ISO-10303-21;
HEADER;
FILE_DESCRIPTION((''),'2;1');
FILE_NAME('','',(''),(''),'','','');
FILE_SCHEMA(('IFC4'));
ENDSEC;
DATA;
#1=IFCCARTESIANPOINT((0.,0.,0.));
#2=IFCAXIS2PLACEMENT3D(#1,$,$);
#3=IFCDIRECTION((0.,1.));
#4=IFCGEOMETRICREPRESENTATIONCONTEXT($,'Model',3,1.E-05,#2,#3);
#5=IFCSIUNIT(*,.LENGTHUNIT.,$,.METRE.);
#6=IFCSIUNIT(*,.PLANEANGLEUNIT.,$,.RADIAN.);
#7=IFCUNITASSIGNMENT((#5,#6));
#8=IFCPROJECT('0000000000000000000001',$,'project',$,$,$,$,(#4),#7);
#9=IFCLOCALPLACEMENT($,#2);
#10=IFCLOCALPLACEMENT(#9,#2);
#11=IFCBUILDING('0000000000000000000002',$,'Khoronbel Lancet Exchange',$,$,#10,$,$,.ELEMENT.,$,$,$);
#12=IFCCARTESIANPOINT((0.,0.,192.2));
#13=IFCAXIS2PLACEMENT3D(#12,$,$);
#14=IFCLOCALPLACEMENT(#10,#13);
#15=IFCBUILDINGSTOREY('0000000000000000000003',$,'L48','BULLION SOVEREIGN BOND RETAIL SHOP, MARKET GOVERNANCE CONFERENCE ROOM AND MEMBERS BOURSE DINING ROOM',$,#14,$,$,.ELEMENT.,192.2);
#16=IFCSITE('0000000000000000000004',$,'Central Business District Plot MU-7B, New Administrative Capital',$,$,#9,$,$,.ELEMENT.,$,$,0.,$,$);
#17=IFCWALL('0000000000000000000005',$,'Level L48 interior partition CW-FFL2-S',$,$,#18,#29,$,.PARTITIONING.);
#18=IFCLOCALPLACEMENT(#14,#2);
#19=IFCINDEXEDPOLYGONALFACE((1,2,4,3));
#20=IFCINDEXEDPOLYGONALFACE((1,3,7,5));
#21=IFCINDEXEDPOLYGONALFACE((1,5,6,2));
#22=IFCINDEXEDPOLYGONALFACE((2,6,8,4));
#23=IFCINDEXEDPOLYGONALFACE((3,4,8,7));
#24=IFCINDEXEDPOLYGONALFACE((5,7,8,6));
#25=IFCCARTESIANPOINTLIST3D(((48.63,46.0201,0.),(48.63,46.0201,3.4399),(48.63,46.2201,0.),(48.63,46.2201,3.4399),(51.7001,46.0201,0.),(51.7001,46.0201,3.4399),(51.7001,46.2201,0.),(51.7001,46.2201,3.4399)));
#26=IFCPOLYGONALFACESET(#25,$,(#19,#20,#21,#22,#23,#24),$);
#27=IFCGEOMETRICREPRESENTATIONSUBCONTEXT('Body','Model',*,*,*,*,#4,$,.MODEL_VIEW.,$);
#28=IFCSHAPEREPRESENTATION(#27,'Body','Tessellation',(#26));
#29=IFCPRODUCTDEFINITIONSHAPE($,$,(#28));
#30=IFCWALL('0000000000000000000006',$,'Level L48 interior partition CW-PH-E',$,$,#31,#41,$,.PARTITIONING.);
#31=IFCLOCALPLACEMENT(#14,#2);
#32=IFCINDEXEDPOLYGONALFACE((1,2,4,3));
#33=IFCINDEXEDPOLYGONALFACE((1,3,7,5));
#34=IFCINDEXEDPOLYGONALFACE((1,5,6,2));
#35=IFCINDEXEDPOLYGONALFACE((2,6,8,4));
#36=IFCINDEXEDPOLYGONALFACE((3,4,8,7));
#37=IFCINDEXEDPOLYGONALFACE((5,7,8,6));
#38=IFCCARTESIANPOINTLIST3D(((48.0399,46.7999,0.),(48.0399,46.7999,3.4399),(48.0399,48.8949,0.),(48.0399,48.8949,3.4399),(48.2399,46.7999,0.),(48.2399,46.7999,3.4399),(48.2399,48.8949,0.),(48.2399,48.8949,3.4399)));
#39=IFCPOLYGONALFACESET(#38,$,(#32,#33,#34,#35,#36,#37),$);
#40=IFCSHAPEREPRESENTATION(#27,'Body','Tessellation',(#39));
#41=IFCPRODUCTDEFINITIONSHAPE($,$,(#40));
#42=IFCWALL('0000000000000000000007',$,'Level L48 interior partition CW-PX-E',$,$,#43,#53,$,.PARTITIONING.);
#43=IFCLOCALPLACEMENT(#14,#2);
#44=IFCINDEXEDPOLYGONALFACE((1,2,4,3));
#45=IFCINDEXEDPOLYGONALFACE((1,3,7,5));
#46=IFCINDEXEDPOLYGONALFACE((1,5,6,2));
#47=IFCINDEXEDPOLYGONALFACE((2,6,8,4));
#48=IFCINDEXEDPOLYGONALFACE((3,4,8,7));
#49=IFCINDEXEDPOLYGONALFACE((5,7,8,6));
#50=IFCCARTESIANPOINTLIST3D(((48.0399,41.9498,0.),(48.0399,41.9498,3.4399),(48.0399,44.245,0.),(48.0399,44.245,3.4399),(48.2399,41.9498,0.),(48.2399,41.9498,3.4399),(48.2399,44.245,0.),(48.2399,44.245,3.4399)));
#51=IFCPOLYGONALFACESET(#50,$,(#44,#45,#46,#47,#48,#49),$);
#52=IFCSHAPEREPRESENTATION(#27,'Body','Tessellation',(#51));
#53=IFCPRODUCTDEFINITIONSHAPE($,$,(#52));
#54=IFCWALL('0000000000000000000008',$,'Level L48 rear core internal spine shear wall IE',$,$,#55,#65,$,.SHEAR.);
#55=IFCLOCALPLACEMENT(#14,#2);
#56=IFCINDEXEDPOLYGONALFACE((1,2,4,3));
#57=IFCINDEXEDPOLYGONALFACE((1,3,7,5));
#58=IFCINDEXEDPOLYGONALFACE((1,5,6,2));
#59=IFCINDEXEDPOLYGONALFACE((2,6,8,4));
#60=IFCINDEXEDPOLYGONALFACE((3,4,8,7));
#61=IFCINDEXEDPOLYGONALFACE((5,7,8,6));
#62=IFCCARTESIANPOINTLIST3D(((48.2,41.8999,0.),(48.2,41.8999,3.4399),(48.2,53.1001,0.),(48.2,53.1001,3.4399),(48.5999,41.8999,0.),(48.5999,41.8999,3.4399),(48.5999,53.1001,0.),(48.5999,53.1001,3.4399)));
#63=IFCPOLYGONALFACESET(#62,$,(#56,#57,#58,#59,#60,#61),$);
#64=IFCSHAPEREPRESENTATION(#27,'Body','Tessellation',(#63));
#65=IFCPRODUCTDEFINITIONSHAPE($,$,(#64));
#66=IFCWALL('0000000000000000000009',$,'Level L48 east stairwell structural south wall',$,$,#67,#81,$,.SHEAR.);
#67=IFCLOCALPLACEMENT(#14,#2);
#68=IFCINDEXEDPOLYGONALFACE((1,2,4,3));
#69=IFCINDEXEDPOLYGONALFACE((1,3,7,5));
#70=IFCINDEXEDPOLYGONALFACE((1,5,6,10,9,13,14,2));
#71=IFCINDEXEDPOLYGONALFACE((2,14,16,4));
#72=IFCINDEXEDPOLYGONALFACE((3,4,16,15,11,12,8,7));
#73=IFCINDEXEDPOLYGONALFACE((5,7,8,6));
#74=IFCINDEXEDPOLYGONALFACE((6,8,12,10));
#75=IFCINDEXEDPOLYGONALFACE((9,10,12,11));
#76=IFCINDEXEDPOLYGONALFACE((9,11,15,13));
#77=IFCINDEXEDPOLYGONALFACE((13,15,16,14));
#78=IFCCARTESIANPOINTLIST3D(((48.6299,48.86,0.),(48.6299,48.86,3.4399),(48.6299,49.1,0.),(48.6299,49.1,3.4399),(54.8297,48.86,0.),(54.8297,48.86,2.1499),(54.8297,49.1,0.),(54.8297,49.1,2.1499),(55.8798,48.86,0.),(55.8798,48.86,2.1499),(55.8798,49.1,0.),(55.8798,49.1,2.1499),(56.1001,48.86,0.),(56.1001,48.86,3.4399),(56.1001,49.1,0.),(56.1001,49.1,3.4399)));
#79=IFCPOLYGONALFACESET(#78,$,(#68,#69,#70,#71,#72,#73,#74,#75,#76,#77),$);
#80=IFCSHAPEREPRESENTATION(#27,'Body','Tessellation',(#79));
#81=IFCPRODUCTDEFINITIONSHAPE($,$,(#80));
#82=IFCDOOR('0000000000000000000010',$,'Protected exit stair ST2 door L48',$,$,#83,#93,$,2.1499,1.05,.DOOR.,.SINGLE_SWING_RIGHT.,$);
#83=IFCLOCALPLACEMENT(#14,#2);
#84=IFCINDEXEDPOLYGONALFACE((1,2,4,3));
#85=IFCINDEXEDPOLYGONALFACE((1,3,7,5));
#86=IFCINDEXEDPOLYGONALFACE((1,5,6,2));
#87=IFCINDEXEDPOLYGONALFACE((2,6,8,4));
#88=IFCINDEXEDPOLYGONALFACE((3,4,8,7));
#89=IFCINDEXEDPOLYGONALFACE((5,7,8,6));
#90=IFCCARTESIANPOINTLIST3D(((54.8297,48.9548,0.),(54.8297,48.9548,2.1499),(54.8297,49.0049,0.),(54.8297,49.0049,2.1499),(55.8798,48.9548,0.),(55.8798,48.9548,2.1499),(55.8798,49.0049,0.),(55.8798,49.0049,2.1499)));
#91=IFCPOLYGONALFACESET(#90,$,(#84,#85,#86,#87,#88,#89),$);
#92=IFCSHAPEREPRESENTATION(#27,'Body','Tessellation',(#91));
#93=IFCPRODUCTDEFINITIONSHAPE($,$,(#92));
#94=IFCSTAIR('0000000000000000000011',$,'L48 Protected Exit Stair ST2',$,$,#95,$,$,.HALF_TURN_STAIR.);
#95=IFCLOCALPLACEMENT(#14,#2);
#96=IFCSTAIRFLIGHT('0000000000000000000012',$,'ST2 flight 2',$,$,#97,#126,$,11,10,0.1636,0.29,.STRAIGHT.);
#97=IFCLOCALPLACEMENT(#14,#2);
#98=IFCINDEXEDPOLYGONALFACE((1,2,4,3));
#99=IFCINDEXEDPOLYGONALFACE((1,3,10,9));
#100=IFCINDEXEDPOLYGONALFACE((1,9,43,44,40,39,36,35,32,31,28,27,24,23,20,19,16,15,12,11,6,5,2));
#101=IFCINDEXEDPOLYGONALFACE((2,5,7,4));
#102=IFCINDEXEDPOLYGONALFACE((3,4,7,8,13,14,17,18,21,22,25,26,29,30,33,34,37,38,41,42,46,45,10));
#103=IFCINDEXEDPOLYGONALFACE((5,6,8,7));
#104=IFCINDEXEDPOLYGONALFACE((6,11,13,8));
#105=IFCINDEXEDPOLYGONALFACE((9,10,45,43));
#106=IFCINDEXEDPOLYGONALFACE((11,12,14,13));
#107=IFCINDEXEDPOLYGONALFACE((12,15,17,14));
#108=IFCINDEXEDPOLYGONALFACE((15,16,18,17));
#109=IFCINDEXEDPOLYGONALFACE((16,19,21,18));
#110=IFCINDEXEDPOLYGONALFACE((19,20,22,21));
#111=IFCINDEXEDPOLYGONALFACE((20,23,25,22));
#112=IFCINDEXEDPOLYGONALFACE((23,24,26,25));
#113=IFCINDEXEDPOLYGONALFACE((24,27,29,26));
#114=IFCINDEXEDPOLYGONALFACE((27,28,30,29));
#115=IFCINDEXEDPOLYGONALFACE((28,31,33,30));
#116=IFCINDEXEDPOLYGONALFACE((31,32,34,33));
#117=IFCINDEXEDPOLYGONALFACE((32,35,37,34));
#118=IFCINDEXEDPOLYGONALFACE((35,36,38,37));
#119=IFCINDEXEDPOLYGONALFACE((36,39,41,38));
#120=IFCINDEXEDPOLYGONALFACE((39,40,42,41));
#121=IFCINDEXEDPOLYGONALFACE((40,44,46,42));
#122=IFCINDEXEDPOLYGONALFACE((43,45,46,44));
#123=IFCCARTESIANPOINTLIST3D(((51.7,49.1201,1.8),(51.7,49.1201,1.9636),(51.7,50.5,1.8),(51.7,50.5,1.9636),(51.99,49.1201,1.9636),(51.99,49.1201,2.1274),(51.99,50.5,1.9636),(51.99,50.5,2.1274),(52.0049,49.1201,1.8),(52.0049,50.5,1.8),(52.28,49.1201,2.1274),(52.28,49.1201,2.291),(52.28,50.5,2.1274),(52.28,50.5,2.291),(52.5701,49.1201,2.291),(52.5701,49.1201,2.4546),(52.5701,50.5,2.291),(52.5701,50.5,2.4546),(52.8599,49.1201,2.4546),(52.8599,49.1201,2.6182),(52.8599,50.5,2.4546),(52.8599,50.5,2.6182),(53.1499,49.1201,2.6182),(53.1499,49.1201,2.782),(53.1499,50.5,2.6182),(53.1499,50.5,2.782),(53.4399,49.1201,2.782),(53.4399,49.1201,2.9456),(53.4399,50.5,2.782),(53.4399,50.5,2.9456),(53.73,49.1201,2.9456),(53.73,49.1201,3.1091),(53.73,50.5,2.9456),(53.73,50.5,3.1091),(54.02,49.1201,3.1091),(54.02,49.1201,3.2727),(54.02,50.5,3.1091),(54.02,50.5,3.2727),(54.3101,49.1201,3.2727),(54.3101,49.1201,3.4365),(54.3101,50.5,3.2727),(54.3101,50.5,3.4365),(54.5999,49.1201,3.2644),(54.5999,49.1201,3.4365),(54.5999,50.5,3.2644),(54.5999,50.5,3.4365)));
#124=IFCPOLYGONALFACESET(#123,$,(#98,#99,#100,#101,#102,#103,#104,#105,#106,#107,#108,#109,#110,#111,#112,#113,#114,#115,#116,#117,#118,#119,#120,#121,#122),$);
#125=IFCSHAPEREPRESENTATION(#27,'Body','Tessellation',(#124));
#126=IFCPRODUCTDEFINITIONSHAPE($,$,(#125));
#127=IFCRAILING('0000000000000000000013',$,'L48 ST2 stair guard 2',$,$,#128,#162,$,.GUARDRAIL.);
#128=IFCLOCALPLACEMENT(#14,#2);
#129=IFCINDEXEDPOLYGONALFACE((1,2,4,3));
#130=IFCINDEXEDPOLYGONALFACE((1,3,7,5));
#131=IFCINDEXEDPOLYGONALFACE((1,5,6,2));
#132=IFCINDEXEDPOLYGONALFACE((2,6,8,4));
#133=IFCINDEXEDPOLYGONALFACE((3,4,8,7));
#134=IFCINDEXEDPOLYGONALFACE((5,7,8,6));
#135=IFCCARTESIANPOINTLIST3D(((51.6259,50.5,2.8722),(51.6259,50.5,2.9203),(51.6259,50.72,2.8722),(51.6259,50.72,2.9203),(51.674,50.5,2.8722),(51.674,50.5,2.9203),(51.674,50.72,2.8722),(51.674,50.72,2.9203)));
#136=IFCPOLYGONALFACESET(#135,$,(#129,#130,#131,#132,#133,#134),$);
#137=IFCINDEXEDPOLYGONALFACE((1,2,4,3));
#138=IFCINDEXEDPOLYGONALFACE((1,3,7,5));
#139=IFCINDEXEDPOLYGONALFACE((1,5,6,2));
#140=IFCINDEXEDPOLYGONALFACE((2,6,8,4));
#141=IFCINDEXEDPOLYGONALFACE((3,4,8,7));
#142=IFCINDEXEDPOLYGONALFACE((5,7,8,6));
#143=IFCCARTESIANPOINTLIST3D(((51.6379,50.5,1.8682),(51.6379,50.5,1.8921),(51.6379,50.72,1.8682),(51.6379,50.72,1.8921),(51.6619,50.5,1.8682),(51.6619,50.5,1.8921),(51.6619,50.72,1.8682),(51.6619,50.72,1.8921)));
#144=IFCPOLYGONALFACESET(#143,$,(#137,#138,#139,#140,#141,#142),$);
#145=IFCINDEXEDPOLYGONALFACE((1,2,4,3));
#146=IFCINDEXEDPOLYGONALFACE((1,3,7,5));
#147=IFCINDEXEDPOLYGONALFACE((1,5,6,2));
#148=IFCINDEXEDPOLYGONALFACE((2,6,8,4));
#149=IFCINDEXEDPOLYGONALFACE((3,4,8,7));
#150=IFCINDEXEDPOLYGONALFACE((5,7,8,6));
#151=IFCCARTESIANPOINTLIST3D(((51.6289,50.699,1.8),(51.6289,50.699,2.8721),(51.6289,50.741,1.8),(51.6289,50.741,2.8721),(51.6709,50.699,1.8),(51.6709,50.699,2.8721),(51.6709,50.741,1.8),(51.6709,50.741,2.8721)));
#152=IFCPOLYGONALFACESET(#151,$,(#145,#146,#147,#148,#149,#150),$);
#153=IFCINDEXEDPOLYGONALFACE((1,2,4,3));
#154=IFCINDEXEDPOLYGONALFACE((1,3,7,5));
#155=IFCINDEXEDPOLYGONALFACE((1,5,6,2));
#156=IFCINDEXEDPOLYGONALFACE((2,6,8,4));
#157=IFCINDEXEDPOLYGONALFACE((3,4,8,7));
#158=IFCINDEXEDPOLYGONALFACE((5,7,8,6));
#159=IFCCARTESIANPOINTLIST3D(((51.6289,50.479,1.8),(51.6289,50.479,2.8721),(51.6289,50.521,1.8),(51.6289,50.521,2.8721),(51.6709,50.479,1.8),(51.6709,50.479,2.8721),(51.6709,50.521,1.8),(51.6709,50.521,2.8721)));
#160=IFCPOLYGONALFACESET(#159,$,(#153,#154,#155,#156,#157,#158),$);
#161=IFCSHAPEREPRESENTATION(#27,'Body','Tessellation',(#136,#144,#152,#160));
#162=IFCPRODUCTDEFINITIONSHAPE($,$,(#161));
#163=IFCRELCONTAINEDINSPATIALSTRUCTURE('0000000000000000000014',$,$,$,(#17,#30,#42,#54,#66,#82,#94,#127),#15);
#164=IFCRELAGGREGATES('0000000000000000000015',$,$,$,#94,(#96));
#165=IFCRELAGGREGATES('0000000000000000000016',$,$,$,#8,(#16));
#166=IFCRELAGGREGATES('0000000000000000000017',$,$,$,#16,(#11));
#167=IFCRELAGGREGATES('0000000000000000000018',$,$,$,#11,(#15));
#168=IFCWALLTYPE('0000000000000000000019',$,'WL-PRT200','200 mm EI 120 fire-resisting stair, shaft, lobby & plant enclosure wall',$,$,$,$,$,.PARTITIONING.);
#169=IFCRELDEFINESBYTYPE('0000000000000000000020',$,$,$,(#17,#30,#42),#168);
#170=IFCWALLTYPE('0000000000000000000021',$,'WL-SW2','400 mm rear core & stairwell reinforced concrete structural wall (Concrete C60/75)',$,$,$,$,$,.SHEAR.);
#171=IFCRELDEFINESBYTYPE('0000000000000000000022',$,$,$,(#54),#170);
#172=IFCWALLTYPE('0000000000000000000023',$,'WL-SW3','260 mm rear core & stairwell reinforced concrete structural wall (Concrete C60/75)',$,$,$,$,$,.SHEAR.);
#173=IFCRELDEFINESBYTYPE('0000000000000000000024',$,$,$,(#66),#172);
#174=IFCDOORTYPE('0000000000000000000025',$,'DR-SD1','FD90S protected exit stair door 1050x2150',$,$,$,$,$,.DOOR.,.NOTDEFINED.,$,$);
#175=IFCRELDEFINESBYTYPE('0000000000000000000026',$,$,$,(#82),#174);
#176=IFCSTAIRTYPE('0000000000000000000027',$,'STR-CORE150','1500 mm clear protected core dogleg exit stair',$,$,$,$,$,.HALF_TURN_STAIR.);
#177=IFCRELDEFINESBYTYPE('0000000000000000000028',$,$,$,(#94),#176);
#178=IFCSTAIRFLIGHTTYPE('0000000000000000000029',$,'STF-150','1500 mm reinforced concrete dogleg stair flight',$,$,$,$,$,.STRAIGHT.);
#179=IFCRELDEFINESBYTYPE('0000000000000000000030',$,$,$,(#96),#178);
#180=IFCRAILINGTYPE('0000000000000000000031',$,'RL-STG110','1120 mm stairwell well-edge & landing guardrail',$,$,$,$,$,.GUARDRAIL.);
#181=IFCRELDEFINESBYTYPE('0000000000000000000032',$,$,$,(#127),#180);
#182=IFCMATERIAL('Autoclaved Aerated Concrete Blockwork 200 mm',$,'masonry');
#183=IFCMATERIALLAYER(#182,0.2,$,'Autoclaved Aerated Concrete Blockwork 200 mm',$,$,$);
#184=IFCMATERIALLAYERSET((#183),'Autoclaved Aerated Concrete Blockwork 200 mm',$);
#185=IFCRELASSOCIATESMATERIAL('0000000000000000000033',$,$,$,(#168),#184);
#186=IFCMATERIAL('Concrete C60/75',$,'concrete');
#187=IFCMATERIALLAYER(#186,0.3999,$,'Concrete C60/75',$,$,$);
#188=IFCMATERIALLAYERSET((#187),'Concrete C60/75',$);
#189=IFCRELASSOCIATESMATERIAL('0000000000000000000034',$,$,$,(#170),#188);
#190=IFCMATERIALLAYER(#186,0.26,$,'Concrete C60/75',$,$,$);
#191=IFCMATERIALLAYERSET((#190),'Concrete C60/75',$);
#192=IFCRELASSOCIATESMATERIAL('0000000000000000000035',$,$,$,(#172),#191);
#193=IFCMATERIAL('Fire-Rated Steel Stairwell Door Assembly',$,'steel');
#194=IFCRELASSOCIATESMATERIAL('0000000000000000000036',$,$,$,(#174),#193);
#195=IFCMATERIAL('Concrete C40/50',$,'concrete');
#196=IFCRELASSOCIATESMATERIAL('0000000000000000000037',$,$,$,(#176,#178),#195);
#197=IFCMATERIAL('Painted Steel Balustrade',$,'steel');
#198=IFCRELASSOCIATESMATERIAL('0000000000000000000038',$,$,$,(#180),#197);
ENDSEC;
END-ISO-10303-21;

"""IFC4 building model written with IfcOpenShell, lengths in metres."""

from ifc_helpers import new_model, si_unit, direction, frame, frame_2d, origin, origin_2d, place, context, subcontext, project, spatial, polyline, rectangle, outline, extrude, material, layer, layer_set, type_object, element, fill, aggregate, save


model = new_model("IFC4")

# Units and contexts
model_context = context("Model", 3, precision=1e-05, world=origin(), true_north=direction((0.0, 1.0)))
body_context = subcontext(model_context, "Body", "Model", "MODEL_VIEW")
ifc_project = project(units=[si_unit("LENGTHUNIT", "METRE"), si_unit("PLANEANGLEUNIT", "RADIAN")], contexts=[model_context])

# Site, building, storey
site_placement = place(None, origin())
site = spatial("IfcSite", under=ifc_project, at=site_placement, Name="Central Business District Plot MU-7B, New Administrative Capital", CompositionType="ELEMENT", RefElevation=0.0)
building_placement = place(site_placement, origin())
building = spatial("IfcBuilding", under=site, at=building_placement, Name="Khoronbel Lancet Exchange", CompositionType="ELEMENT")
storey_placement = place(building_placement, frame((0.0, 0.0, 192.2)))
storey = spatial("IfcBuildingStorey", under=building, at=storey_placement, Name="L48", Description="BULLION SOVEREIGN BOND RETAIL SHOP, MARKET GOVERNANCE CONFERENCE ROOM AND MEMBERS BOURSE DINING ROOM", CompositionType="ELEMENT", Elevation=192.2)

# Shared definitions
ifc_material_1 = material(Name="Autoclaved Aerated Concrete Blockwork 200 mm", Category="masonry")
ifc_layer_1 = layer(ifc_material_1, 0.2, Name="Autoclaved Aerated Concrete Blockwork 200 mm")
ifc_layer_set_1 = layer_set([ifc_layer_1], Name="Autoclaved Aerated Concrete Blockwork 200 mm")
wall_type_1 = type_object("IfcWallType", Name="WL-PRT200", Description="200 mm EI 120 fire-resisting stair, shaft, lobby & plant enclosure wall", PredefinedType="PARTITIONING", material=ifc_layer_set_1)

# Wall
wall_1_placement = place(storey_placement, frame((48.6299, 46.1201, 0.0), z_axis=(0.0, 0.0, 1.0), x_axis=(1.0, 0.0, 0.0)))
element("IfcWall", 1, at=wall_1_placement, inside=storey, type_object=wall_type_1, Name="Level L48 interior partition CW-FFL2-S", PredefinedType="PARTITIONING", context=body_context, shape_type="SweptSolid", body=[
    extrude(rectangle(XDim=3.0701, YDim=0.2, at=frame_2d((1.5352, 0.0))), origin(), (0.0, 0.0, 1.0), 3.4399),
])

# Walls
wall_2_placement = place(storey_placement, frame((48.1399, 46.8, 0.0), z_axis=(0.0, 0.0, 1.0), x_axis=(0.0, 1.0, 0.0)))
element("IfcWall", 2, at=wall_2_placement, inside=storey, type_object=wall_type_1, Name="Level L48 interior partition CW-PH-E", PredefinedType="PARTITIONING", context=body_context, shape_type="SweptSolid", body=[
    extrude(rectangle(XDim=2.095, YDim=0.2, at=frame_2d((1.0474, 0.0))), origin(), (0.0, 0.0, 1.0), 3.4399),
])
wall_3_placement = place(storey_placement, frame((48.1399, 41.95, 0.0), z_axis=(0.0, 0.0, 1.0), x_axis=(0.0, 1.0, 0.0)))
element("IfcWall", 3, at=wall_3_placement, inside=storey, type_object=wall_type_1, Name="Level L48 interior partition CW-PX-E", PredefinedType="PARTITIONING", context=body_context, shape_type="SweptSolid", body=[
    extrude(rectangle(XDim=2.2952, YDim=0.2, at=frame_2d((1.1475, 0.0))), origin(), (0.0, 0.0, 1.0), 3.4399),
])
ifc_material_2 = material(Name="Concrete C60/75", Category="concrete")
ifc_layer_2 = layer(ifc_material_2, 0.3999, Name="Concrete C60/75")
ifc_layer_set_2 = layer_set([ifc_layer_2], Name="Concrete C60/75")
wall_type_2 = type_object("IfcWallType", Name="WL-SW2", Description="400 mm rear core & stairwell reinforced concrete structural wall (Concrete C60/75)", PredefinedType="SHEAR", material=ifc_layer_set_2)
wall_4_placement = place(storey_placement, frame((48.3999, 41.8999, 0.0), z_axis=(0.0, 0.0, 1.0), x_axis=(0.0, 1.0, 0.0)))
element("IfcWall", 4, at=wall_4_placement, inside=storey, type_object=wall_type_2, Name="Level L48 rear core internal spine shear wall IE", PredefinedType="SHEAR", context=body_context, shape_type="SweptSolid", body=[
    extrude(rectangle(XDim=11.2002, YDim=0.3999, at=frame_2d((5.6001, 0.0))), origin(), (0.0, 0.0, 1.0), 3.4399),
])

# Wall, opening, door
ifc_layer_3 = layer(ifc_material_2, 0.26, Name="Concrete C60/75")
ifc_layer_set_3 = layer_set([ifc_layer_3], Name="Concrete C60/75")
wall_type_3 = type_object("IfcWallType", Name="WL-SW3", Description="260 mm rear core & stairwell reinforced concrete structural wall (Concrete C60/75)", PredefinedType="SHEAR", material=ifc_layer_set_3)
wall_5_placement = place(storey_placement, frame((48.6299, 48.98, 0.0), z_axis=(0.0, 0.0, 1.0), x_axis=(1.0, 0.0, 0.0)))
wall_5 = element("IfcWall", 5, at=wall_5_placement, inside=storey, type_object=wall_type_3, Name="Level L48 east stairwell structural south wall", PredefinedType="SHEAR", context=body_context, shape_type="SweptSolid", body=[
    extrude(rectangle(XDim=7.4702, YDim=0.24, at=frame_2d((3.7351, 0.0))), origin(), (0.0, 0.0, 1.0), 3.4399),
])
opening_1_placement = place(wall_5_placement, frame((6.2, 0.0, 0.0)))
opening_1 = element("IfcOpeningElement", 6, at=opening_1_placement, cuts=wall_5, PredefinedType="OPENING", context=body_context, shape_type="SweptSolid", body=[
    extrude(rectangle(XDim=1.05, YDim=2.1499, at=frame_2d((0.5249, 1.075))), frame((0.0, 0.1299, 0.0), z_axis=(0.0, -1.0, 0.0), x_axis=(1.0, 0.0, 0.0)), (0.0, 0.0, 1.0), 0.26),
])
ifc_material_3 = material(Name="Fire-Rated Steel Stairwell Door Assembly", Category="steel")
door_type_1 = type_object("IfcDoorType", Name="DR-SD1", Description="FD90S protected exit stair door 1050x2150", OperationType="NOTDEFINED", PredefinedType="DOOR", material=ifc_material_3)
door_1_placement = place(opening_1_placement, origin())
door_1 = element("IfcDoor", 7, at=door_1_placement, inside=storey, type_object=door_type_1, Name="Protected exit stair ST2 door L48", OperationType="SINGLE_SWING_RIGHT", OverallHeight=2.1499, OverallWidth=1.05, PredefinedType="DOOR", context=body_context, shape_type="SweptSolid", body=[
    extrude(rectangle(XDim=1.05, YDim=2.1499, at=frame_2d((0.5249, 1.075))), frame((0.0, 0.0249, 0.0), z_axis=(0.0, -1.0, 0.0), x_axis=(1.0, 0.0, 0.0)), (0.0, 0.0, 1.0), 0.05),
])
fill(opening_1, door_1)

# Stair, stair flight
ifc_material_4 = material(Name="Concrete C40/50", Category="concrete")
stair_type = type_object("IfcStairType", Name="STR-CORE150", Description="1500 mm clear protected core dogleg exit stair", PredefinedType="HALF_TURN_STAIR", material=ifc_material_4)
stair_placement = place(storey_placement, origin())
stair = element("IfcStair", 8, at=stair_placement, inside=storey, type_object=stair_type, Name="L48 Protected Exit Stair ST2", PredefinedType="HALF_TURN_STAIR")
stair_flight_type = type_object("IfcStairFlightType", Name="STF-150", Description="1500 mm reinforced concrete dogleg stair flight", PredefinedType="STRAIGHT", material=ifc_material_4)
stair_flight_placement = place(storey_placement, frame((51.7, 49.8101, 1.8), z_axis=(0.0, 0.0, 1.0), x_axis=(1.0, 0.0, 0.0)))
stair_flight = element("IfcStairFlight", 9, at=stair_flight_placement, type_object=stair_flight_type, Name="ST2 flight 2", NumberOfRisers=11, NumberOfTreads=10, PredefinedType="STRAIGHT", RiserHeight=0.1636, TreadLength=0.29, context=body_context, shape_type="SweptSolid", body=[
    extrude(outline(polyline([(0.0, 0.0), (0.0, 0.1636), (0.29, 0.1636), (0.29, 0.3274), (0.5801, 0.3274), (0.5801, 0.491), (0.8701, 0.491), (0.8701, 0.6545), (1.1599, 0.6545), (1.1599, 0.8181), (1.45, 0.8181), (1.45, 0.9819), (1.74, 0.9819), (1.74, 1.1455), (2.03, 1.1455), (2.03, 1.3091), (2.3201, 1.3091), (2.3201, 1.4727), (2.6101, 1.4727), (2.6101, 1.6365), (2.8999, 1.6365), (2.8999, 1.8), (2.8999, 1.4644), (0.3049, 0.0), (0.0, 0.0)])), frame((0.0, 0.6899, 0.0), z_axis=(0.0, -1.0, 0.0), x_axis=(1.0, 0.0, 0.0)), (0.0, 0.0, 1.0), 1.3799),
])
aggregate(stair, [stair_flight])

# Railing
ifc_material_5 = material(Name="Painted Steel Balustrade", Category="steel")
railing_type_1 = type_object("IfcRailingType", Name="RL-STG110", Description="1120 mm stairwell well-edge & landing guardrail", PredefinedType="GUARDRAIL", material=ifc_material_5)
railing_1_placement = place(storey_placement, frame((51.6499, 50.72, 1.8)))
element("IfcRailing", 10, at=railing_1_placement, inside=storey, type_object=railing_type_1, Name="L48 ST2 stair guard 2", PredefinedType="GUARDRAIL", context=body_context, shape_type="SweptSolid", body=[
    extrude(rectangle(XDim=0.0481, YDim=0.0481, at=origin_2d()), frame((0.0, 0.0, 1.0962), z_axis=(0.0, -1.0, 0.0), x_axis=(1.0, 0.0, 0.0)), (0.0, 0.0, 1.0), 0.22),
    extrude(rectangle(XDim=0.0239, YDim=0.0239, at=origin_2d()), frame((0.0, 0.0, 0.0801), z_axis=(0.0, -1.0, 0.0), x_axis=(1.0, 0.0, 0.0)), (0.0, 0.0, 1.0), 0.22),
    extrude(rectangle(XDim=0.042, YDim=0.042, at=origin_2d()), origin(), (0.0, 0.0, 1.0), 1.072),
    extrude(rectangle(XDim=0.042, YDim=0.042, at=origin_2d()), frame((0.0, -0.22, 0.0)), (0.0, 0.0, 1.0), 1.072),
])

save(model, "model.ifc")
